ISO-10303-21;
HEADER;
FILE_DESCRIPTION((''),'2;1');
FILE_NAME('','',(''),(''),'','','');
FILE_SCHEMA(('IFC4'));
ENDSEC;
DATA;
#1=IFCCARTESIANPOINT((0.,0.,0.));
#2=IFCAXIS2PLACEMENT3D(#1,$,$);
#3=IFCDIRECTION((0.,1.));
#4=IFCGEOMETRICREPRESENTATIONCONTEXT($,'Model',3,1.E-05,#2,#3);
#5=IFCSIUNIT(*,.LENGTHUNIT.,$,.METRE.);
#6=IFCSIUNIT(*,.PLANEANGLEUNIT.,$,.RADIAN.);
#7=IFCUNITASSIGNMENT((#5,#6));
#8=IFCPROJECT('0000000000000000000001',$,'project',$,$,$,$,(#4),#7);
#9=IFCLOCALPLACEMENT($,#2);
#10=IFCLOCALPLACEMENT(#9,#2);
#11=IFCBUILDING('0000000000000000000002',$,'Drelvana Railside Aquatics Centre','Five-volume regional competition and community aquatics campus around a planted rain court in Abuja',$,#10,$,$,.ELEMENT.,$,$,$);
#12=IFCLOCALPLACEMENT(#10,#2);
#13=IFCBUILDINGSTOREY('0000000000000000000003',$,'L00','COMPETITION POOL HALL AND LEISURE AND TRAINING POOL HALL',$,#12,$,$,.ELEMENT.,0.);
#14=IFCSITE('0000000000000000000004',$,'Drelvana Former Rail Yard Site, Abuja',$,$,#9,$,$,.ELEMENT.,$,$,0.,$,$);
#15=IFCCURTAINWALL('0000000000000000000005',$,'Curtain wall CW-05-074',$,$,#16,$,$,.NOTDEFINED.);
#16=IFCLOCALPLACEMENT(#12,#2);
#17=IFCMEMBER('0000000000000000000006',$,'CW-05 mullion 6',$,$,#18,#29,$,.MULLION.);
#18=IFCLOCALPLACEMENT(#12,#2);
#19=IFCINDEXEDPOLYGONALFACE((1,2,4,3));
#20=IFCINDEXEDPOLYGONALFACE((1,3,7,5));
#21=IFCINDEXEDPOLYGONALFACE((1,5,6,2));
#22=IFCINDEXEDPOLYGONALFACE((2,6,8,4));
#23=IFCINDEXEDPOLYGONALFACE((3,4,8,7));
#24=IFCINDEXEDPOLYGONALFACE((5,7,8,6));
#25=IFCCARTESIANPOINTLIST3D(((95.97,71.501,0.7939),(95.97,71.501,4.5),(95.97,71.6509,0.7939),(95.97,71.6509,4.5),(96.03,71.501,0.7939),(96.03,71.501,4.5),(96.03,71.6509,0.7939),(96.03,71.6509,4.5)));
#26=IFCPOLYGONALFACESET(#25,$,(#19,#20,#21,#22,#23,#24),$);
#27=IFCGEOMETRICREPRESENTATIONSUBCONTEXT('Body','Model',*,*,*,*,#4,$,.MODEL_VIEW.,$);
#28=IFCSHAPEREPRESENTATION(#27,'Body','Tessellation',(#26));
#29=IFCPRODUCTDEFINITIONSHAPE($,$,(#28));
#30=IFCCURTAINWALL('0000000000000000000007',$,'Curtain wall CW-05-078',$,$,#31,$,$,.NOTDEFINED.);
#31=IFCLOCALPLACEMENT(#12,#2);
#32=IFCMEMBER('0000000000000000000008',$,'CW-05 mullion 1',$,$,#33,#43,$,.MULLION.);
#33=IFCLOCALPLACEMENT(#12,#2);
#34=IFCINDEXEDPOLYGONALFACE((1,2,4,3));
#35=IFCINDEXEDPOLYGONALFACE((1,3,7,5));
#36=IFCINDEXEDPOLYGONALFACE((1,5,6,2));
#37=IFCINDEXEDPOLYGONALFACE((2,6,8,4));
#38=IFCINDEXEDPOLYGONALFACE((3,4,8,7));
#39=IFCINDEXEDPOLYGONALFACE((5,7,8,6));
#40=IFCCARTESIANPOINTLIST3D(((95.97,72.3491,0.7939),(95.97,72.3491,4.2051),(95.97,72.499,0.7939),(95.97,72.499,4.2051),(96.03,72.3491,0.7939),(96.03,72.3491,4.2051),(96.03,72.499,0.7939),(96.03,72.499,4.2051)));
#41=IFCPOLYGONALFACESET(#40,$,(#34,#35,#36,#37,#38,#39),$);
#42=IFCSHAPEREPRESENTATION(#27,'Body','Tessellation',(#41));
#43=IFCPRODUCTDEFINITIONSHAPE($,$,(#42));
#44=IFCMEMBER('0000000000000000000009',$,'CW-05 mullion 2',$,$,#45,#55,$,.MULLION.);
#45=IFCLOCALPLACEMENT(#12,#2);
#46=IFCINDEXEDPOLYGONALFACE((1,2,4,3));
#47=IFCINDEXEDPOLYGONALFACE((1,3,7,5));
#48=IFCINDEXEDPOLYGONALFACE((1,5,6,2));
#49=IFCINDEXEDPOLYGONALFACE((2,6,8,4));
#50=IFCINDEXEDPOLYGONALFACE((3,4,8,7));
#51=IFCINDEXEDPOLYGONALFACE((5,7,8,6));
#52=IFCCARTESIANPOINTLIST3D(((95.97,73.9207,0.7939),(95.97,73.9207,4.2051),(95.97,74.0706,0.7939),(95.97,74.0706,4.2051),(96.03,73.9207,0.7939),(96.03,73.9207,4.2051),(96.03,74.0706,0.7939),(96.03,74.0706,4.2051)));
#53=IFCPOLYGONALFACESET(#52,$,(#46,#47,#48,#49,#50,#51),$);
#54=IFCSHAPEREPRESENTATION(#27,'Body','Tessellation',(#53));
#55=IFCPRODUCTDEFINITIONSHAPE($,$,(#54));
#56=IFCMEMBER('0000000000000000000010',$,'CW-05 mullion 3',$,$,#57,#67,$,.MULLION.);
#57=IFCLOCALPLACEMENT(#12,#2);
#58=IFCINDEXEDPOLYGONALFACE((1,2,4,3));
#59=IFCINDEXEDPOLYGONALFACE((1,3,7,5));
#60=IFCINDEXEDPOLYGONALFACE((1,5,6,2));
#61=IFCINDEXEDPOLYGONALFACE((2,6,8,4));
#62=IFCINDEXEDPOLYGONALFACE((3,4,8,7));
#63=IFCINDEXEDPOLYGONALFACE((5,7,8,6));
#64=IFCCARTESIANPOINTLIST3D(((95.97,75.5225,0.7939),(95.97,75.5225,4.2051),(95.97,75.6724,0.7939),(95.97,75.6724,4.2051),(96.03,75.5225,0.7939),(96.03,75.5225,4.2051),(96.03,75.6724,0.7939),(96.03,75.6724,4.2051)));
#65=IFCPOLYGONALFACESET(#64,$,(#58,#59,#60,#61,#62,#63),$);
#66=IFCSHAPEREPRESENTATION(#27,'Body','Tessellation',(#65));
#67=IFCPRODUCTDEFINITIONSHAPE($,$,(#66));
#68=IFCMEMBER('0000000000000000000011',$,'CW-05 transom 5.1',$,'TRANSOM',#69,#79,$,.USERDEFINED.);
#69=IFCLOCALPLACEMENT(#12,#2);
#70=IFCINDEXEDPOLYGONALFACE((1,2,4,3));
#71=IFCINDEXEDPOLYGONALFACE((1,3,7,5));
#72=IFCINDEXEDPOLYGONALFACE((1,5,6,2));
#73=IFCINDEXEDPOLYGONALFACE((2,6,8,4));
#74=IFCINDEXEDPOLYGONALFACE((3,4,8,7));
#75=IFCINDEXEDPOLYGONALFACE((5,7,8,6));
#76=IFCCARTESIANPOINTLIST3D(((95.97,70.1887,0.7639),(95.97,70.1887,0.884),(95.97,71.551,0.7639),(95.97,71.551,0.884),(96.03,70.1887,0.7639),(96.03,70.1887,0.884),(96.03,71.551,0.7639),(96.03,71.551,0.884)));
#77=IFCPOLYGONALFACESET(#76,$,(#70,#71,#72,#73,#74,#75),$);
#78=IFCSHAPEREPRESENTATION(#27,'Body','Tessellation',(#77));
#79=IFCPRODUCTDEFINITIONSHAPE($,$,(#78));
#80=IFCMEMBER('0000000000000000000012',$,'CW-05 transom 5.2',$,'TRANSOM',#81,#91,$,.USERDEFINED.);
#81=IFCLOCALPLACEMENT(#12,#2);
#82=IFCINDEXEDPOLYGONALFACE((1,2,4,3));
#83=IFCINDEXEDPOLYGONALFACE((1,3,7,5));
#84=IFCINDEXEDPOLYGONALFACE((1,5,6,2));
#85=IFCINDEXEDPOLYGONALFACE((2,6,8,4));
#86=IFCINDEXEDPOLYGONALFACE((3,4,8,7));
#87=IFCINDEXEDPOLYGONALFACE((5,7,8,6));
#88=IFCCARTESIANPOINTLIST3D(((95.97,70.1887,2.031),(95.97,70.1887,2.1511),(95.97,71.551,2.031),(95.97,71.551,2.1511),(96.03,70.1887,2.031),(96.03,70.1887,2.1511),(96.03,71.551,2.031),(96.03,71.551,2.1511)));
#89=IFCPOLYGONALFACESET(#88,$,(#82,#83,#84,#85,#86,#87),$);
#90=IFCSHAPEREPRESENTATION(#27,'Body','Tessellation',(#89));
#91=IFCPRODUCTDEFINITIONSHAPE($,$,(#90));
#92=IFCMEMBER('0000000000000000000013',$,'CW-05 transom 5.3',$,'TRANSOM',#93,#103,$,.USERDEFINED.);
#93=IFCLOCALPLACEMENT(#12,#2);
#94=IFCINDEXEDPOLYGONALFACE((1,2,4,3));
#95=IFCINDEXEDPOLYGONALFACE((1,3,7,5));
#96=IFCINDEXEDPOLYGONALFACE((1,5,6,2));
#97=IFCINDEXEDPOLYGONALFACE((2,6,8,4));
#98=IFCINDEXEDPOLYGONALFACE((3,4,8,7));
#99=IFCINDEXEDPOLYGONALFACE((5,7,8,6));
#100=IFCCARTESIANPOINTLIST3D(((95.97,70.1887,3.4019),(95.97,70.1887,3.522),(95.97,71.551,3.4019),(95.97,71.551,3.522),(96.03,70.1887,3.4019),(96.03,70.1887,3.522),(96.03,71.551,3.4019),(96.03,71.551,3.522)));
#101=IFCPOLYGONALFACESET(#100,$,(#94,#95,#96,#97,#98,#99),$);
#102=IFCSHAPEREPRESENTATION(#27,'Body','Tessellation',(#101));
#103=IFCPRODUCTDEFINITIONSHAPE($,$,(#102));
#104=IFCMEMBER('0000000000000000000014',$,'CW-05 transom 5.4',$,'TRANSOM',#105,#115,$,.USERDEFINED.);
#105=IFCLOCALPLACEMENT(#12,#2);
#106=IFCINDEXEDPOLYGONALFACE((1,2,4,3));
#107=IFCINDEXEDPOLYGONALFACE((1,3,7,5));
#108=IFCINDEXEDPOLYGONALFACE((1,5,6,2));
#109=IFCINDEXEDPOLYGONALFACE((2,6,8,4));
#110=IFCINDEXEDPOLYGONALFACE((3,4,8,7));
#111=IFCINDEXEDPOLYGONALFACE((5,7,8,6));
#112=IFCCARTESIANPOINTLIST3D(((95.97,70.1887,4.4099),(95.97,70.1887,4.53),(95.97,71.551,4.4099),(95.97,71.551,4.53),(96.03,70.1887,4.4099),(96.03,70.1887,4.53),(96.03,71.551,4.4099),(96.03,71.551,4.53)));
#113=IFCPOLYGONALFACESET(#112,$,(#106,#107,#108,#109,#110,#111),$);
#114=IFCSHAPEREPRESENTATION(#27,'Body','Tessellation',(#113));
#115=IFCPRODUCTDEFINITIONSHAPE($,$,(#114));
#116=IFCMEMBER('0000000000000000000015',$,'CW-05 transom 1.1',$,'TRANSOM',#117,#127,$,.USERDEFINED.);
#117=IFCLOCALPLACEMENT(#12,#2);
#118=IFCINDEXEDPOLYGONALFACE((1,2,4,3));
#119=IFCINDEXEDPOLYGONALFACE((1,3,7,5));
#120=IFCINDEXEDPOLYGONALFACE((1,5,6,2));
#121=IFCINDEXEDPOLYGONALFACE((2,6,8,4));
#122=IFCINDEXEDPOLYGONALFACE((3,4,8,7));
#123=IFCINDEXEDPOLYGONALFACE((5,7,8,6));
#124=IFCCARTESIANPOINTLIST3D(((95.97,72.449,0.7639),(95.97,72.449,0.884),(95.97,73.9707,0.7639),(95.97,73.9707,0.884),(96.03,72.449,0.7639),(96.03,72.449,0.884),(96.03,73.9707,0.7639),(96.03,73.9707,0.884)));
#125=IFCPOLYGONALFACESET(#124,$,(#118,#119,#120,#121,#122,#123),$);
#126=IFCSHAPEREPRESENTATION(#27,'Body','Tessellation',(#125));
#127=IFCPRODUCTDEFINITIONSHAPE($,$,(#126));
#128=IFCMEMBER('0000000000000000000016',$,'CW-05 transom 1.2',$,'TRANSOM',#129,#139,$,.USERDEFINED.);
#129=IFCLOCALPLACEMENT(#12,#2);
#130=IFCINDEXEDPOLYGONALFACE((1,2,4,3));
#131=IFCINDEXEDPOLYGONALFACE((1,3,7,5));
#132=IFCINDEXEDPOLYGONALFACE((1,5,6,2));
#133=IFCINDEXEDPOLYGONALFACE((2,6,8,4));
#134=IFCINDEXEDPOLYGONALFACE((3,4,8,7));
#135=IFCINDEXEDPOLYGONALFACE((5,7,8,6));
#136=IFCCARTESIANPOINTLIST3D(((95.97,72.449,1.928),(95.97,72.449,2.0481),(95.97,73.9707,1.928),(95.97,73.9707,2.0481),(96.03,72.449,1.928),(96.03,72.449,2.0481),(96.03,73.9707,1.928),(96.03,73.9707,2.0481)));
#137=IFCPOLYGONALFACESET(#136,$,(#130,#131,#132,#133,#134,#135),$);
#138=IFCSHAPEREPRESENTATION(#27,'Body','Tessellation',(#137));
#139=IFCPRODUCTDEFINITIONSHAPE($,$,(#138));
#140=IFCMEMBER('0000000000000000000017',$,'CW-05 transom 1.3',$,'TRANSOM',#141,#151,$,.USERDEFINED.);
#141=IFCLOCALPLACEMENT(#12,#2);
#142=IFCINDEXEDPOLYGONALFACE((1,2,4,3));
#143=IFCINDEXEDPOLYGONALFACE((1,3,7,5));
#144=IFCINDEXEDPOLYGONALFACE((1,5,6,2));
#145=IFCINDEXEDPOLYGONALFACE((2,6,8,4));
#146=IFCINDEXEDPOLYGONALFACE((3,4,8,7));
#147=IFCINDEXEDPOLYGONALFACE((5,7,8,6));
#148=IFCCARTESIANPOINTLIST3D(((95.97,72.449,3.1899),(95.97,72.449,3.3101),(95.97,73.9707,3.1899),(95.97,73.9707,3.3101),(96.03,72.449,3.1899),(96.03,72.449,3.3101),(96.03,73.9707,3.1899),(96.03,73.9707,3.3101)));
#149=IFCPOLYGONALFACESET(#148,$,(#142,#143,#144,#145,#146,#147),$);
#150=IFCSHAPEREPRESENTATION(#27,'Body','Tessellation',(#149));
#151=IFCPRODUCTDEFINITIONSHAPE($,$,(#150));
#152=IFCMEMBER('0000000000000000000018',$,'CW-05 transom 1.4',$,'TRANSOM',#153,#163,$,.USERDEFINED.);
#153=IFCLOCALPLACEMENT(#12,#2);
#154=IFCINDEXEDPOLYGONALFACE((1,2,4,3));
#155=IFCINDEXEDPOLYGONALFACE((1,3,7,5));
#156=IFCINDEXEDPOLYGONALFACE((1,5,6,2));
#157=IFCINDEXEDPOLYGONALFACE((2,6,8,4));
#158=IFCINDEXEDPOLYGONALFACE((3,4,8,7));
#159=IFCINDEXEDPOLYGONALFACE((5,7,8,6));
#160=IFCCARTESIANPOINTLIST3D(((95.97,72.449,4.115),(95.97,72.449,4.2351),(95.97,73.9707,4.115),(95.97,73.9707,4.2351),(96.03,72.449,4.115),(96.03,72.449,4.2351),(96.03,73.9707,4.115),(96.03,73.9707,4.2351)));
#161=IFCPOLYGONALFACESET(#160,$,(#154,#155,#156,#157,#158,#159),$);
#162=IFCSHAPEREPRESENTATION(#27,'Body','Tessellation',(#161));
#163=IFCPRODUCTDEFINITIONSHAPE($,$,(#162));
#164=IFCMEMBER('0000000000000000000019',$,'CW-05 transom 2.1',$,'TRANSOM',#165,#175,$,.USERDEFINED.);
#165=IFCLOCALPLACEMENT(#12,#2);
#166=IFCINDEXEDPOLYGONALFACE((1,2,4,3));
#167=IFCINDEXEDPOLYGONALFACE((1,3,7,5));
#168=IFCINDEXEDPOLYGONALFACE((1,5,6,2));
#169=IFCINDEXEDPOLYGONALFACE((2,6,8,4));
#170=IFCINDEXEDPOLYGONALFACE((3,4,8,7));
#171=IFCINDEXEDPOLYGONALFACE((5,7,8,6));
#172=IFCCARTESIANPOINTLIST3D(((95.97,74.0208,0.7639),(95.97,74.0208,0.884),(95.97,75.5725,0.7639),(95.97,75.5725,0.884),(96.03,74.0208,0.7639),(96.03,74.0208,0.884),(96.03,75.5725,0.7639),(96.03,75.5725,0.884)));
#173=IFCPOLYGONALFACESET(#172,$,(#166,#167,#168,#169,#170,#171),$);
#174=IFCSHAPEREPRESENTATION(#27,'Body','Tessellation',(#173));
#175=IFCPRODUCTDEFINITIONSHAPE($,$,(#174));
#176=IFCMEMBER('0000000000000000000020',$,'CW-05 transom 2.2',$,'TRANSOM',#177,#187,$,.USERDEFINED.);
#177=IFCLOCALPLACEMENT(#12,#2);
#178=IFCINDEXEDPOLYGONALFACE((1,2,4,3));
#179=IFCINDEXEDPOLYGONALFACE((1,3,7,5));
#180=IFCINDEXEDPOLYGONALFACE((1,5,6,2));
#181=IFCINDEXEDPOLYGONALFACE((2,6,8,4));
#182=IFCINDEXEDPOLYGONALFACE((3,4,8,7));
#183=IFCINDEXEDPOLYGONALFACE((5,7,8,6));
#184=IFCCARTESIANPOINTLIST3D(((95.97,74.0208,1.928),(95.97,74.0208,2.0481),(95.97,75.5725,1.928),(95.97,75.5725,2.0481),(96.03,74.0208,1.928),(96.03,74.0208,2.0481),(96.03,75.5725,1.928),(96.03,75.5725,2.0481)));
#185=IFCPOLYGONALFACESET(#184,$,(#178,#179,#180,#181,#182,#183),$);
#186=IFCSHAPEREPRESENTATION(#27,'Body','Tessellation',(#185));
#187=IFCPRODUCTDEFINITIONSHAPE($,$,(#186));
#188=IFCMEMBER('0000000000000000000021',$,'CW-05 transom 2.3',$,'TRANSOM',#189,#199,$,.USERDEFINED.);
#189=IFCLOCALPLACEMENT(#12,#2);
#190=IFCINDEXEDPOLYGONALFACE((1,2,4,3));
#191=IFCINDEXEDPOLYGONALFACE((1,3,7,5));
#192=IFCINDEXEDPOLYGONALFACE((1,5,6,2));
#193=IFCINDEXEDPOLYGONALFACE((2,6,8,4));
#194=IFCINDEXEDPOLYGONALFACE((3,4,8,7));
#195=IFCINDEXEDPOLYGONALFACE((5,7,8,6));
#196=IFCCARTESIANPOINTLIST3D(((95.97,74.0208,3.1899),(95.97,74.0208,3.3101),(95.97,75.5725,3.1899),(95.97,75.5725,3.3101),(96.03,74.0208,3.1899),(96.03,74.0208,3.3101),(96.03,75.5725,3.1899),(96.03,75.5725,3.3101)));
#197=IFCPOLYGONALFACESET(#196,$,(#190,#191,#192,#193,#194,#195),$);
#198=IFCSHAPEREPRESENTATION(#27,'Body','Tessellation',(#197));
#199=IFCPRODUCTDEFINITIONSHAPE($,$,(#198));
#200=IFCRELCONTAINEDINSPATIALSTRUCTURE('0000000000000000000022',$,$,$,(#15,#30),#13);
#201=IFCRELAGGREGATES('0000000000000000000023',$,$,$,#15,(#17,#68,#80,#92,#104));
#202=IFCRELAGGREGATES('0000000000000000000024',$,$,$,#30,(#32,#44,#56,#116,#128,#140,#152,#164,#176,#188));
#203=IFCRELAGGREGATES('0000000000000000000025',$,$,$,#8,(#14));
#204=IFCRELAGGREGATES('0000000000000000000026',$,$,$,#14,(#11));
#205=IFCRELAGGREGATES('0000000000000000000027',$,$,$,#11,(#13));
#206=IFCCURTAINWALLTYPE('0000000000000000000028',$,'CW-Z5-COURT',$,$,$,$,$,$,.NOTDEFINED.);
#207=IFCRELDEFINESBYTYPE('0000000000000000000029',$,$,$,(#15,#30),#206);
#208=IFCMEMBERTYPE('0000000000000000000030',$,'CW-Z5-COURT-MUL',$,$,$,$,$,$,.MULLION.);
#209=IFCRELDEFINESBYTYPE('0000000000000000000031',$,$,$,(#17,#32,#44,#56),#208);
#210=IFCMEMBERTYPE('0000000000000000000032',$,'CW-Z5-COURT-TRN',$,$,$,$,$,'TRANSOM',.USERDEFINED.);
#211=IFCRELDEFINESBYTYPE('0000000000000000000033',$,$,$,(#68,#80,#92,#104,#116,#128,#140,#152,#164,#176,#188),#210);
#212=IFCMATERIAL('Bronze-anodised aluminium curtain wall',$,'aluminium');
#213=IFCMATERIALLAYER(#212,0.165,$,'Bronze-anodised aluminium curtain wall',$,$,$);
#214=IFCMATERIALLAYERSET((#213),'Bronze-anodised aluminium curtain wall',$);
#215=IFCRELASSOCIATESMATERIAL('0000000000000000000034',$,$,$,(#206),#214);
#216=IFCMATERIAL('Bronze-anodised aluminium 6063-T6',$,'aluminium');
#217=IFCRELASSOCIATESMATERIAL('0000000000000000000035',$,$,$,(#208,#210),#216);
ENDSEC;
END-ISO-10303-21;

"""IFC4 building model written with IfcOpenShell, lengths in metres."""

from ifc_helpers import new_model, si_unit, direction, frame, origin, origin_2d, place, context, subcontext, project, spatial, rectangle, extrude, material, layer, layer_set, material_profile, profile_set, type_object, element, aggregate, save


model = new_model("IFC4")

# Units and contexts
model_context = context("Model", 3, precision=1e-05, world=origin(), true_north=direction((0.0, 1.0)))
body_context = subcontext(model_context, "Body", "Model", "MODEL_VIEW")
ifc_project = project(units=[si_unit("LENGTHUNIT", "METRE"), si_unit("PLANEANGLEUNIT", "RADIAN")], contexts=[model_context])

# Site, building, storey
site_placement = place(None, origin())
site = spatial("IfcSite", under=ifc_project, at=site_placement, Name="Drelvana Former Rail Yard Site, Abuja", CompositionType="ELEMENT", RefElevation=0.0)
building_placement = place(site_placement, origin())
building = spatial("IfcBuilding", under=site, at=building_placement, Name="Drelvana Railside Aquatics Centre", Description="Five-volume regional competition and community aquatics campus around a planted rain court in Abuja", CompositionType="ELEMENT")
storey_placement = place(building_placement, origin())
storey = spatial("IfcBuildingStorey", under=building, at=storey_placement, Name="L00", Description="COMPETITION POOL HALL AND LEISURE AND TRAINING POOL HALL", CompositionType="ELEMENT", Elevation=0.0)

# Curtain wall, member
ifc_material_1 = material(Name="Bronze-anodised aluminium curtain wall", Category="aluminium")
ifc_layer_1 = layer(ifc_material_1, 0.165, Name="Bronze-anodised aluminium curtain wall")
ifc_layer_set_1 = layer_set([ifc_layer_1], Name="Bronze-anodised aluminium curtain wall")
curtain_wall_type = type_object("IfcCurtainWallType", Name="CW-Z5-COURT", PredefinedType="NOTDEFINED", material=ifc_layer_set_1)
curtain_wall_1_placement = place(storey_placement, origin())
curtain_wall_1 = element("IfcCurtainWall", 1, at=curtain_wall_1_placement, inside=storey, type_object=curtain_wall_type, Name="Curtain wall CW-05-074", PredefinedType="NOTDEFINED")
ifc_material_2 = material(Name="Bronze-anodised aluminium 6063-T6", Category="aluminium")
ifc_material_profile_1 = material_profile(ifc_material_2, rectangle(XDim=0.0601, YDim=0.1499, at=origin_2d()), Name="ALU-M 60x150")
ifc_profile_set_1 = profile_set([ifc_material_profile_1], Name="Bronze-anodised aluminium 6063-T6")
member_type_1 = type_object("IfcMemberType", Name="CW-Z5-COURT-MUL", PredefinedType="MULLION", material=ifc_profile_set_1)
member_1_placement = place(storey_placement, frame((96.0, 71.5759, 0.7939), z_axis=(0.0, 0.0, 1.0), x_axis=(-1.0, 0.0, 0.0)))
member_1 = element("IfcMember", 2, at=member_1_placement, type_object=member_type_1, Name="CW-05 mullion 6", PredefinedType="MULLION", context=body_context, shape_type="SweptSolid", body=[
    extrude(rectangle(XDim=0.0601, YDim=0.1499, at=origin_2d()), origin(), (0.0, 0.0, 1.0), 3.7061),
])

# Curtain wall, members
curtain_wall_2_placement = place(storey_placement, origin())
curtain_wall_2 = element("IfcCurtainWall", 3, at=curtain_wall_2_placement, inside=storey, type_object=curtain_wall_type, Name="Curtain wall CW-05-078", PredefinedType="NOTDEFINED")
member_2_placement = place(storey_placement, frame((96.0, 72.4241, 0.7939), z_axis=(0.0, 0.0, 1.0), x_axis=(-1.0, 0.0, 0.0)))
member_2 = element("IfcMember", 4, at=member_2_placement, type_object=member_type_1, Name="CW-05 mullion 1", PredefinedType="MULLION", context=body_context, shape_type="SweptSolid", body=[
    extrude(rectangle(XDim=0.0601, YDim=0.1499, at=origin_2d()), origin(), (0.0, 0.0, 1.0), 3.4111),
])
member_3_placement = place(storey_placement, frame((96.0, 73.9956, 0.7939), z_axis=(0.0, 0.0, 1.0), x_axis=(-1.0, 0.0, 0.0)))
member_3 = element("IfcMember", 5, at=member_3_placement, type_object=member_type_1, Name="CW-05 mullion 2", PredefinedType="MULLION", context=body_context, shape_type="SweptSolid", body=[
    extrude(rectangle(XDim=0.0601, YDim=0.1499, at=origin_2d()), origin(), (0.0, 0.0, 1.0), 3.4111),
])
member_4_placement = place(storey_placement, frame((96.0, 75.5974, 0.7939), z_axis=(0.0, 0.0, 1.0), x_axis=(-1.0, 0.0, 0.0)))
member_4 = element("IfcMember", 6, at=member_4_placement, type_object=member_type_1, Name="CW-05 mullion 3", PredefinedType="MULLION", context=body_context, shape_type="SweptSolid", body=[
    extrude(rectangle(XDim=0.0601, YDim=0.1499, at=origin_2d()), origin(), (0.0, 0.0, 1.0), 3.4111),
])

# Members
ifc_material_profile_2 = material_profile(ifc_material_2, rectangle(XDim=0.1201, YDim=0.0601, at=origin_2d()), Name="ALU-T 60x120")
ifc_profile_set_2 = profile_set([ifc_material_profile_2], Name="Bronze-anodised aluminium 6063-T6")
member_type_2 = type_object("IfcMemberType", Name="CW-Z5-COURT-TRN", ElementType="TRANSOM", PredefinedType="USERDEFINED", material=ifc_profile_set_2)
member_5_placement = place(storey_placement, frame((96.0, 70.1887, 0.824), z_axis=(0.0, 1.0, 0.0), x_axis=(0.0, 0.0, 1.0)))
member_5 = element("IfcMember", 7, at=member_5_placement, type_object=member_type_2, Name="CW-05 transom 5.1", ObjectType="TRANSOM", PredefinedType="USERDEFINED", context=body_context, shape_type="SweptSolid", body=[
    extrude(rectangle(XDim=0.1201, YDim=0.0601, at=origin_2d()), origin(), (0.0, 0.0, 1.0), 1.3623),
])
member_6_placement = place(storey_placement, frame((96.0, 70.1887, 2.0911), z_axis=(0.0, 1.0, 0.0), x_axis=(0.0, 0.0, 1.0)))
member_6 = element("IfcMember", 8, at=member_6_placement, type_object=member_type_2, Name="CW-05 transom 5.2", ObjectType="TRANSOM", PredefinedType="USERDEFINED", context=body_context, shape_type="SweptSolid", body=[
    extrude(rectangle(XDim=0.1201, YDim=0.0601, at=origin_2d()), origin(), (0.0, 0.0, 1.0), 1.3623),
])
member_7_placement = place(storey_placement, frame((96.0, 70.1887, 3.4619), z_axis=(0.0, 1.0, 0.0), x_axis=(0.0, 0.0, 1.0)))
member_7 = element("IfcMember", 9, at=member_7_placement, type_object=member_type_2, Name="CW-05 transom 5.3", ObjectType="TRANSOM", PredefinedType="USERDEFINED", context=body_context, shape_type="SweptSolid", body=[
    extrude(rectangle(XDim=0.1201, YDim=0.0601, at=origin_2d()), origin(), (0.0, 0.0, 1.0), 1.3623),
])
member_8_placement = place(storey_placement, frame((96.0, 70.1887, 4.47), z_axis=(0.0, 1.0, 0.0), x_axis=(0.0, 0.0, 1.0)))
member_8 = element("IfcMember", 10, at=member_8_placement, type_object=member_type_2, Name="CW-05 transom 5.4", ObjectType="TRANSOM", PredefinedType="USERDEFINED", context=body_context, shape_type="SweptSolid", body=[
    extrude(rectangle(XDim=0.1201, YDim=0.0601, at=origin_2d()), origin(), (0.0, 0.0, 1.0), 1.3623),
])
member_9_placement = place(storey_placement, frame((96.0, 72.449, 0.824), z_axis=(0.0, 1.0, 0.0), x_axis=(0.0, 0.0, 1.0)))
member_9 = element("IfcMember", 11, at=member_9_placement, type_object=member_type_2, Name="CW-05 transom 1.1", ObjectType="TRANSOM", PredefinedType="USERDEFINED", context=body_context, shape_type="SweptSolid", body=[
    extrude(rectangle(XDim=0.1201, YDim=0.0601, at=origin_2d()), origin(), (0.0, 0.0, 1.0), 1.5217),
])
member_10_placement = place(storey_placement, frame((96.0, 72.449, 1.988), z_axis=(0.0, 1.0, 0.0), x_axis=(0.0, 0.0, 1.0)))
member_10 = element("IfcMember", 12, at=member_10_placement, type_object=member_type_2, Name="CW-05 transom 1.2", ObjectType="TRANSOM", PredefinedType="USERDEFINED", context=body_context, shape_type="SweptSolid", body=[
    extrude(rectangle(XDim=0.1201, YDim=0.0601, at=origin_2d()), origin(), (0.0, 0.0, 1.0), 1.5217),
])
member_11_placement = place(storey_placement, frame((96.0, 72.449, 3.25), z_axis=(0.0, 1.0, 0.0), x_axis=(0.0, 0.0, 1.0)))
member_11 = element("IfcMember", 13, at=member_11_placement, type_object=member_type_2, Name="CW-05 transom 1.3", ObjectType="TRANSOM", PredefinedType="USERDEFINED", context=body_context, shape_type="SweptSolid", body=[
    extrude(rectangle(XDim=0.1201, YDim=0.0601, at=origin_2d()), origin(), (0.0, 0.0, 1.0), 1.5217),
])
member_12_placement = place(storey_placement, frame((96.0, 72.449, 4.175), z_axis=(0.0, 1.0, 0.0), x_axis=(0.0, 0.0, 1.0)))
member_12 = element("IfcMember", 14, at=member_12_placement, type_object=member_type_2, Name="CW-05 transom 1.4", ObjectType="TRANSOM", PredefinedType="USERDEFINED", context=body_context, shape_type="SweptSolid", body=[
    extrude(rectangle(XDim=0.1201, YDim=0.0601, at=origin_2d()), origin(), (0.0, 0.0, 1.0), 1.5217),
])
member_13_placement = place(storey_placement, frame((96.0, 74.0208, 0.824), z_axis=(0.0, 1.0, 0.0), x_axis=(0.0, 0.0, 1.0)))
member_13 = element("IfcMember", 15, at=member_13_placement, type_object=member_type_2, Name="CW-05 transom 2.1", ObjectType="TRANSOM", PredefinedType="USERDEFINED", context=body_context, shape_type="SweptSolid", body=[
    extrude(rectangle(XDim=0.1201, YDim=0.0601, at=origin_2d()), origin(), (0.0, 0.0, 1.0), 1.5518),
])
member_14_placement = place(storey_placement, frame((96.0, 74.0208, 1.988), z_axis=(0.0, 1.0, 0.0), x_axis=(0.0, 0.0, 1.0)))
member_14 = element("IfcMember", 16, at=member_14_placement, type_object=member_type_2, Name="CW-05 transom 2.2", ObjectType="TRANSOM", PredefinedType="USERDEFINED", context=body_context, shape_type="SweptSolid", body=[
    extrude(rectangle(XDim=0.1201, YDim=0.0601, at=origin_2d()), origin(), (0.0, 0.0, 1.0), 1.5518),
])
member_15_placement = place(storey_placement, frame((96.0, 74.0208, 3.25), z_axis=(0.0, 1.0, 0.0), x_axis=(0.0, 0.0, 1.0)))
member_15 = element("IfcMember", 17, at=member_15_placement, type_object=member_type_2, Name="CW-05 transom 2.3", ObjectType="TRANSOM", PredefinedType="USERDEFINED", context=body_context, shape_type="SweptSolid", body=[
    extrude(rectangle(XDim=0.1201, YDim=0.0601, at=origin_2d()), origin(), (0.0, 0.0, 1.0), 1.5518),
])

aggregate(curtain_wall_1, [member_1, member_5, member_6, member_7, member_8])
aggregate(curtain_wall_2, [member_2, member_3, member_4, member_9, member_10, member_11, member_12, member_13, member_14, member_15])

save(model, "model.ifc")
